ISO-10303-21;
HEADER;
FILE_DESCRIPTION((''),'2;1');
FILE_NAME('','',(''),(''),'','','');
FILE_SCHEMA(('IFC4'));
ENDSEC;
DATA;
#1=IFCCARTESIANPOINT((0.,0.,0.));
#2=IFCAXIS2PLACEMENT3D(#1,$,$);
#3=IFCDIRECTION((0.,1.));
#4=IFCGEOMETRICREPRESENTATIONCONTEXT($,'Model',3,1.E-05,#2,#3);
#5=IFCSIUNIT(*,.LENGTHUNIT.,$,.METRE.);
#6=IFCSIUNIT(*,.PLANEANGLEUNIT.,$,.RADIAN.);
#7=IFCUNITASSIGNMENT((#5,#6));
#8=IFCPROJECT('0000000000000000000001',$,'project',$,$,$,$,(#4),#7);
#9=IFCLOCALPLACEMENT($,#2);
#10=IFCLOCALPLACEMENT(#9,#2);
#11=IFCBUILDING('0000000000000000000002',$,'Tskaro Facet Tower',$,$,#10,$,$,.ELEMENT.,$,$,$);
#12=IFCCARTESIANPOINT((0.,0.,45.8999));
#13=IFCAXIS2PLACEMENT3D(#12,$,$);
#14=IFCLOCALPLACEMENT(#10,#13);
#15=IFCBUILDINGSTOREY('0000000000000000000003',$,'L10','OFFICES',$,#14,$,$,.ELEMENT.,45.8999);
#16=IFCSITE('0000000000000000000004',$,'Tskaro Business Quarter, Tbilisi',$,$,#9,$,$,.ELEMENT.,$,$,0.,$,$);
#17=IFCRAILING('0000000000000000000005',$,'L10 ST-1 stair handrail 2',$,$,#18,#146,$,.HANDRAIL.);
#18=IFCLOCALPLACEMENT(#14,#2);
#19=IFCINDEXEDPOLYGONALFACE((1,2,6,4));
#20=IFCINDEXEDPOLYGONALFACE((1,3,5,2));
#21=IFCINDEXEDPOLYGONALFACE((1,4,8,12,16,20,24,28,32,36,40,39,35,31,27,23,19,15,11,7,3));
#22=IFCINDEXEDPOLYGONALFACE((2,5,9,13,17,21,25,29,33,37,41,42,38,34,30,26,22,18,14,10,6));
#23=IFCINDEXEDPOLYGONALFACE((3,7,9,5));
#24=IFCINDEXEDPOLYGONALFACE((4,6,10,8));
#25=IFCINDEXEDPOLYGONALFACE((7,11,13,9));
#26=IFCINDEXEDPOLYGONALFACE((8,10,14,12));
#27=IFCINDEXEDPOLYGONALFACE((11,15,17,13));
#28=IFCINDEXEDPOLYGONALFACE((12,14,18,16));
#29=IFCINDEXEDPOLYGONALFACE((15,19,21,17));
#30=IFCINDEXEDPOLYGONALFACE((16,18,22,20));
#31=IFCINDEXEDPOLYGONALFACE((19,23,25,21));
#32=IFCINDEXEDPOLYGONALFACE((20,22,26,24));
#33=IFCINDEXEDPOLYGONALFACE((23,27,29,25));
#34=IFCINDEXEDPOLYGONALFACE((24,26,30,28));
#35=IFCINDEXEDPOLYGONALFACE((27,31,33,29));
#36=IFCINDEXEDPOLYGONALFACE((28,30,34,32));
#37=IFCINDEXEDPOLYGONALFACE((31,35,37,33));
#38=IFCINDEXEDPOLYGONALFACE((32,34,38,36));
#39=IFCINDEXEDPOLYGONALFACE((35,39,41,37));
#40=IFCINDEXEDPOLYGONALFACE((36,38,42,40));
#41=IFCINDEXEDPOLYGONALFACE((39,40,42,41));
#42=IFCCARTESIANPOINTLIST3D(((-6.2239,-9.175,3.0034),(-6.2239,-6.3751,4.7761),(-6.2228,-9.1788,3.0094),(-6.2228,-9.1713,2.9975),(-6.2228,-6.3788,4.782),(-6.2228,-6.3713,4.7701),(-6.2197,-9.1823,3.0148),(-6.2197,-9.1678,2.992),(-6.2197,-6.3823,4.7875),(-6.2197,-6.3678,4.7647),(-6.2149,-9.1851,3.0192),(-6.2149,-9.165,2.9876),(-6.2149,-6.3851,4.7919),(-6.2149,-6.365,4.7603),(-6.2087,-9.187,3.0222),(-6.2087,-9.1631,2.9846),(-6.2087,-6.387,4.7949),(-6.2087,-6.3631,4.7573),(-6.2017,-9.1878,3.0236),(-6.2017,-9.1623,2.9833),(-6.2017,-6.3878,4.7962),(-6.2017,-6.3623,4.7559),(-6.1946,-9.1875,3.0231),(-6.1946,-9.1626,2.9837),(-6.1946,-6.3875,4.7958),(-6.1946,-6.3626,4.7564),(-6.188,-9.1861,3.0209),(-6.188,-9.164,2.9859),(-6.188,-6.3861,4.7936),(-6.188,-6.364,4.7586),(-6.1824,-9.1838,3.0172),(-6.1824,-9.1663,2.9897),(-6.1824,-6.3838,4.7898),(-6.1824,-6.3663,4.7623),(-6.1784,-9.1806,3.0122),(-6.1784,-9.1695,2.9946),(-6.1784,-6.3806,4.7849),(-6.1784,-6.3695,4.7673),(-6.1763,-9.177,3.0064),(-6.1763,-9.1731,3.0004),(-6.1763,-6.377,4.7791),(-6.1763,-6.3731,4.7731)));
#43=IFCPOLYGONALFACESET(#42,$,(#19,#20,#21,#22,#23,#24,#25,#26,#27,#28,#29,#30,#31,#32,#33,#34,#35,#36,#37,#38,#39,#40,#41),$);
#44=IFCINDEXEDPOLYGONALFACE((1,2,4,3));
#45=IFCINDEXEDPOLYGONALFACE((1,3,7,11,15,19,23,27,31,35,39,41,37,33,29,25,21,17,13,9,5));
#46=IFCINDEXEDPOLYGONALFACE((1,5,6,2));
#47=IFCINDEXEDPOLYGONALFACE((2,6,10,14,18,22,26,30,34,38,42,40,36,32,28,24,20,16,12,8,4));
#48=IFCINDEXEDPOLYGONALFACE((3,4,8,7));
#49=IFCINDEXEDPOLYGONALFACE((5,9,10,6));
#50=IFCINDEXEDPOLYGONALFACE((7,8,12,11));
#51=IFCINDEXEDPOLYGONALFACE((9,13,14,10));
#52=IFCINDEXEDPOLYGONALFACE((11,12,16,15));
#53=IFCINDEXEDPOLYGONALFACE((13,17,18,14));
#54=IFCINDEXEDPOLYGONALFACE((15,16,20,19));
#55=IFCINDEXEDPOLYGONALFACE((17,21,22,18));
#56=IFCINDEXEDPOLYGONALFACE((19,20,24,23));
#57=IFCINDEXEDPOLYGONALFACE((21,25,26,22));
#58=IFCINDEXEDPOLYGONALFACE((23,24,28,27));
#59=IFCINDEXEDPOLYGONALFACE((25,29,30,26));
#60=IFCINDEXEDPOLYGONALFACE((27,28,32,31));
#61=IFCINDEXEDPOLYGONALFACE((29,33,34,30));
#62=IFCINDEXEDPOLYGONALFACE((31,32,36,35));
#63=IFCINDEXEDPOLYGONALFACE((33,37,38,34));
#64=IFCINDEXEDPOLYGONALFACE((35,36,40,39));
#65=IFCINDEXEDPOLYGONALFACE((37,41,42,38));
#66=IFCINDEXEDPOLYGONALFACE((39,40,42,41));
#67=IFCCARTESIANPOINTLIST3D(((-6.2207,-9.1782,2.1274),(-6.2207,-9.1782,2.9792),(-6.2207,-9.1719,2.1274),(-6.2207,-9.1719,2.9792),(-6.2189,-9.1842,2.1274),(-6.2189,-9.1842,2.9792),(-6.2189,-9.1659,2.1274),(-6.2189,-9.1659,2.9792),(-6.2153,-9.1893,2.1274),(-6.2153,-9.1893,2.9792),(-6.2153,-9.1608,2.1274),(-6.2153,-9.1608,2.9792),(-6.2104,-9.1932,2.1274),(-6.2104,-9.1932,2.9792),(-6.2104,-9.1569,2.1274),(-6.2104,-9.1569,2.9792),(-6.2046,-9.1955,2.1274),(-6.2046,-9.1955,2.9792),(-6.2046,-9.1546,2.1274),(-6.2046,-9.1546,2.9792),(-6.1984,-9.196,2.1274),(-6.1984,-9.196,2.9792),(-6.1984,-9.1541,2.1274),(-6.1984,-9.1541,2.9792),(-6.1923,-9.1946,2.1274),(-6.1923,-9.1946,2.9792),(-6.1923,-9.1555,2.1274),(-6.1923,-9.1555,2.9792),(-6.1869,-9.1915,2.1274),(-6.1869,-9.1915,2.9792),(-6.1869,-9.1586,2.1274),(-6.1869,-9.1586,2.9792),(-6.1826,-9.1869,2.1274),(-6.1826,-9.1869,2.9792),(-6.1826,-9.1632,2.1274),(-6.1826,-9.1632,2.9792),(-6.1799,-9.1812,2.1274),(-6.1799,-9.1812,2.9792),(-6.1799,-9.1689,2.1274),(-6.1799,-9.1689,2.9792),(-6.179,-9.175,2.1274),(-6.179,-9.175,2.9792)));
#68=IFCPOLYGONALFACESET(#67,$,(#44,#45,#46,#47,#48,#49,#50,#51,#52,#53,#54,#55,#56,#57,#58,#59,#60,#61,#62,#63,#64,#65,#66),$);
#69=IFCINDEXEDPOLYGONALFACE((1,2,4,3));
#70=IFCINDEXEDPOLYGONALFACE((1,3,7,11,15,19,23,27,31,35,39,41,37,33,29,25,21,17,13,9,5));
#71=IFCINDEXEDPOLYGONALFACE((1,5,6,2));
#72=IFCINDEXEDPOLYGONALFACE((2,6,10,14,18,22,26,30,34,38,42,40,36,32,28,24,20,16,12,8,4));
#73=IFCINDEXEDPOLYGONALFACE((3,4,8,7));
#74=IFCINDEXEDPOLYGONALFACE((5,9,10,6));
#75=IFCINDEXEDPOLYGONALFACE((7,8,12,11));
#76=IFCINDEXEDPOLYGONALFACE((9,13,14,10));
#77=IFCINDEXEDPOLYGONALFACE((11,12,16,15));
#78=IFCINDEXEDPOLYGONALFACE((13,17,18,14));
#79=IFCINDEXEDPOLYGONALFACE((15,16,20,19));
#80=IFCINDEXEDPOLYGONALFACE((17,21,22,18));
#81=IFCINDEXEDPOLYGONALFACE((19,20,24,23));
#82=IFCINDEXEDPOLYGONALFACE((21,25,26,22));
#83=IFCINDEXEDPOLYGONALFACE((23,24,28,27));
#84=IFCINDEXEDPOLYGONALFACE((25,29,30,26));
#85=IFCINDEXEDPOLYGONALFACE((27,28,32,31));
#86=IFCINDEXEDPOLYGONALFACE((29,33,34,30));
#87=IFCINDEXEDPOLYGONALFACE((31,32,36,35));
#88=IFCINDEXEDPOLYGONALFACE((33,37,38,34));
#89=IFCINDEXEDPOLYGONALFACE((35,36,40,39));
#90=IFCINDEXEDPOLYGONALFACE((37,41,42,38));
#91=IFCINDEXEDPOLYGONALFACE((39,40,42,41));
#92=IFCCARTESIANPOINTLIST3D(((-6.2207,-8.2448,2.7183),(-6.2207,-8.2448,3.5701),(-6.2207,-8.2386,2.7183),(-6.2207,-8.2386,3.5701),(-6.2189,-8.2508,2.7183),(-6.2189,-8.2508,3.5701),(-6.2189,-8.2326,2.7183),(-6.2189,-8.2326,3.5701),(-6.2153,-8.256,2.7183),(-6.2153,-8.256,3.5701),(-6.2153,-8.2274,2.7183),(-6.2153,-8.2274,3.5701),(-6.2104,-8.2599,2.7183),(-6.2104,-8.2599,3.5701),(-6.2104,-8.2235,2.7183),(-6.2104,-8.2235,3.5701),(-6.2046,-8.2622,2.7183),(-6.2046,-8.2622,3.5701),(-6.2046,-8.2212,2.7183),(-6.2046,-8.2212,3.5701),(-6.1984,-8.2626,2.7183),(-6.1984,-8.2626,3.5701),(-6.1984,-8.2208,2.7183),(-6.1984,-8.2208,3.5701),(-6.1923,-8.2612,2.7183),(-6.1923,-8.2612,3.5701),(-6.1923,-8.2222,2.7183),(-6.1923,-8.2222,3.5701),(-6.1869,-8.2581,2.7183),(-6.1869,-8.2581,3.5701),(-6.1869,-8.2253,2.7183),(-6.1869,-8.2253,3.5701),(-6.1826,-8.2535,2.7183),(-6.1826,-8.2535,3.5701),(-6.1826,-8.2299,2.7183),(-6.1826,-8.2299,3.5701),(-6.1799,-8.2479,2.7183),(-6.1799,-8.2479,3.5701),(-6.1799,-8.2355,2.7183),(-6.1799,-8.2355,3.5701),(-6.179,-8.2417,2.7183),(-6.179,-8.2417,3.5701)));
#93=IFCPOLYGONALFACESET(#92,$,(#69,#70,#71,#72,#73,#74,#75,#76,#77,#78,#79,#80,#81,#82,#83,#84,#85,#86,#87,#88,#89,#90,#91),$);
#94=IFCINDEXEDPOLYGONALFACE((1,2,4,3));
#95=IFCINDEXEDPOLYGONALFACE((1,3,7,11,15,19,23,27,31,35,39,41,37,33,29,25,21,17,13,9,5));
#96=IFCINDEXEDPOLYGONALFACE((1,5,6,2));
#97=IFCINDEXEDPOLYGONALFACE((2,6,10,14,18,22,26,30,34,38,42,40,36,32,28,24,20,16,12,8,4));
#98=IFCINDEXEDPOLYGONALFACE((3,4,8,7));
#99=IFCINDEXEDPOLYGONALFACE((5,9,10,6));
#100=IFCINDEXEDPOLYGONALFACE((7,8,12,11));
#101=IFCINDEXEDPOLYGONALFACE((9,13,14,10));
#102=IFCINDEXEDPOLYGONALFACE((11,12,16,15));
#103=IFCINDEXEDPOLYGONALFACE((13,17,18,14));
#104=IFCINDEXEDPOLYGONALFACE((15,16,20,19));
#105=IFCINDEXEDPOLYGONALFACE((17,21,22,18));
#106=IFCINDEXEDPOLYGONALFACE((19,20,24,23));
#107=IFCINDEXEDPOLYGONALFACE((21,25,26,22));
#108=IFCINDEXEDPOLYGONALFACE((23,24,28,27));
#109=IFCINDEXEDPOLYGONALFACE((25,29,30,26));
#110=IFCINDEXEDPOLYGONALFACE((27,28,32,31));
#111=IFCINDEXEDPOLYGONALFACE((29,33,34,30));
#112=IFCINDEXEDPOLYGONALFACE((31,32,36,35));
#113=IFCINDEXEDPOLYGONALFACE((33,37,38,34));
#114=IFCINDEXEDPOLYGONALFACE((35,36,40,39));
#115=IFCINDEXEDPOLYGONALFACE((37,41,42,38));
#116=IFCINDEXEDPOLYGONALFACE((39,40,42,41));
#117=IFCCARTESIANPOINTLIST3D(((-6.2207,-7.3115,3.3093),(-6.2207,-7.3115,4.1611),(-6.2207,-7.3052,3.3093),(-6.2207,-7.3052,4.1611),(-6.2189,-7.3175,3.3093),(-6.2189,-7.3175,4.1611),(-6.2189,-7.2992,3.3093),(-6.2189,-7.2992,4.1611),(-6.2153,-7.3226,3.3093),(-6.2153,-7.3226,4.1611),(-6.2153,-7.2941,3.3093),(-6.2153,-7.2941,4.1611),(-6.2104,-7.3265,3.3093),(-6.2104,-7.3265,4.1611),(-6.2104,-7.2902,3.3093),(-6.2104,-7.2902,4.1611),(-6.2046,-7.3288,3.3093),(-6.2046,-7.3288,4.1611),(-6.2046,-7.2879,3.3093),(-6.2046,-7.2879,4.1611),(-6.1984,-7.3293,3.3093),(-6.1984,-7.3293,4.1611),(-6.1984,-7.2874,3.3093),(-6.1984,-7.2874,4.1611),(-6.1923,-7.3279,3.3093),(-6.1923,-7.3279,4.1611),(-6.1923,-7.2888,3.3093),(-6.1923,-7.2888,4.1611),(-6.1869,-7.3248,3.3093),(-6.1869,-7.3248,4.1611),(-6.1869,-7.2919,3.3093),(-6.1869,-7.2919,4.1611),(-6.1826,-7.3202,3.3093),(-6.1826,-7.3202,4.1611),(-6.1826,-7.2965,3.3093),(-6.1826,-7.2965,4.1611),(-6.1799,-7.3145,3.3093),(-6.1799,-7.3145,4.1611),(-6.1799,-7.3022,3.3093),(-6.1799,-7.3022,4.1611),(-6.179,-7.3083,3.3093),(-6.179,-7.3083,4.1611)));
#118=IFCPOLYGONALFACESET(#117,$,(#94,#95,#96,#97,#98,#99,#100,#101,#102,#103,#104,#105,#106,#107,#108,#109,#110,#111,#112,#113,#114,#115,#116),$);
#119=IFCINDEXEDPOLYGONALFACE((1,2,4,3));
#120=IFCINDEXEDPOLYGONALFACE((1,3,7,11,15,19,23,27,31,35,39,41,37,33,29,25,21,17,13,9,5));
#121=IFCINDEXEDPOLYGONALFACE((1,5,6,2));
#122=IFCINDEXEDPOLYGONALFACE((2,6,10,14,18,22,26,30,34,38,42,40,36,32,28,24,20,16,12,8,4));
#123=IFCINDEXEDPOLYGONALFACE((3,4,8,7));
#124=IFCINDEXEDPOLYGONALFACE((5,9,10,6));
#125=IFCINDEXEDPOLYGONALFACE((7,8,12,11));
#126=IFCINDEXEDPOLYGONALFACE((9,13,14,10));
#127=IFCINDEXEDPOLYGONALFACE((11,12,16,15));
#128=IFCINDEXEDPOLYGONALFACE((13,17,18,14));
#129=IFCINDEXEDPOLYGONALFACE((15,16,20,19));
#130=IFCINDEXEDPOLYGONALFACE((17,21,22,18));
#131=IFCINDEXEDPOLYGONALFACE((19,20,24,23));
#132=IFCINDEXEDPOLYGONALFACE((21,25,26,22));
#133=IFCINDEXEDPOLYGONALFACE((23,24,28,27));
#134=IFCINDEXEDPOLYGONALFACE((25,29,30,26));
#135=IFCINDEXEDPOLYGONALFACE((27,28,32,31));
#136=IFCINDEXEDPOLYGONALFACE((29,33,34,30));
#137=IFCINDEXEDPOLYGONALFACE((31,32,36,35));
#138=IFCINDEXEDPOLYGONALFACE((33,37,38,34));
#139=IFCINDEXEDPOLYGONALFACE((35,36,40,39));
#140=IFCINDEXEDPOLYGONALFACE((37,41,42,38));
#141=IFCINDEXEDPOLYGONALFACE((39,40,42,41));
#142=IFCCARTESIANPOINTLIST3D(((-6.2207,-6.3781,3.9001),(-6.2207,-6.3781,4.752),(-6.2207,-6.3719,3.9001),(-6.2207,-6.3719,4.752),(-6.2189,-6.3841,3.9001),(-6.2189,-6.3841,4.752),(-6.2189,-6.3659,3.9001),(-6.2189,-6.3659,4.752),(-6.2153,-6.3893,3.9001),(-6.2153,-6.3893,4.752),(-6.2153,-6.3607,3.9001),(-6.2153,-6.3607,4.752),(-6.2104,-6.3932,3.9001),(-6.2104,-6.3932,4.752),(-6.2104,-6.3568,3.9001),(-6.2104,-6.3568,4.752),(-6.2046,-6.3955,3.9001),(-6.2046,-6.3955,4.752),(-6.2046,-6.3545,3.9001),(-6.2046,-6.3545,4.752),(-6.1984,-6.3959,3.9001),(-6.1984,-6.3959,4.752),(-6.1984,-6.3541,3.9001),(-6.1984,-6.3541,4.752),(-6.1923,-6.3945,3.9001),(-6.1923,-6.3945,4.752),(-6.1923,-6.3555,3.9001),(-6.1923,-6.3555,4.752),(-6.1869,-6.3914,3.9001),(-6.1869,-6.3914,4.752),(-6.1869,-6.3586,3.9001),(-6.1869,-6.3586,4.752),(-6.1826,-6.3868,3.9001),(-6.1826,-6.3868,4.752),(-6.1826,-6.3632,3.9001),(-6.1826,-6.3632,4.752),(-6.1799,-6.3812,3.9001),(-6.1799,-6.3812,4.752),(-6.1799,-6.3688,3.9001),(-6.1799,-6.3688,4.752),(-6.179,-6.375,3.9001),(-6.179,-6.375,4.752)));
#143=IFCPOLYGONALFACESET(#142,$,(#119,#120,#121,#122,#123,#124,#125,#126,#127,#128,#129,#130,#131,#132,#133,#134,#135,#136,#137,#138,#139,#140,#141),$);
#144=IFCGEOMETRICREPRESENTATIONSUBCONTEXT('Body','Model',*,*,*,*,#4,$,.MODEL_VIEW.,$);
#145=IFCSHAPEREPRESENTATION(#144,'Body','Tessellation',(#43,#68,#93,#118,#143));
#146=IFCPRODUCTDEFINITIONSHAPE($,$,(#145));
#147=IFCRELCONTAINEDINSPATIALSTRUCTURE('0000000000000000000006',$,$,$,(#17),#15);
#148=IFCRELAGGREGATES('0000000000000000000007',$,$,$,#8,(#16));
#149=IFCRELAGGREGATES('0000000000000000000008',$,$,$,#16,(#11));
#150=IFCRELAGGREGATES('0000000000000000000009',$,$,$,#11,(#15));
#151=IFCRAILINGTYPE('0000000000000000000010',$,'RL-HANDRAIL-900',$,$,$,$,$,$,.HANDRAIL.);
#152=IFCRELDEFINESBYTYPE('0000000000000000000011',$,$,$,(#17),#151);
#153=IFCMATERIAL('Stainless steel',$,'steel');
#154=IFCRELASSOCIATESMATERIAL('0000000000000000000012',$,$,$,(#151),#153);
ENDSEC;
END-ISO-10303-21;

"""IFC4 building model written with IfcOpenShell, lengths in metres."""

from ifc_helpers import new_model, si_unit, direction, frame, origin, origin_2d, place, context, subcontext, project, spatial, circle, extrude, material, type_object, element, save


model = new_model("IFC4")

# Units and contexts
model_context = context("Model", 3, precision=1e-05, world=origin(), true_north=direction((0.0, 1.0)))
body_context = subcontext(model_context, "Body", "Model", "MODEL_VIEW")
ifc_project = project(units=[si_unit("LENGTHUNIT", "METRE"), si_unit("PLANEANGLEUNIT", "RADIAN")], contexts=[model_context])

# Site, building, storey
site_placement = place(None, origin())
site = spatial("IfcSite", under=ifc_project, at=site_placement, Name="Tskaro Business Quarter, Tbilisi", CompositionType="ELEMENT", RefElevation=0.0)
building_placement = place(site_placement, origin())
building = spatial("IfcBuilding", under=site, at=building_placement, Name="Tskaro Facet Tower", CompositionType="ELEMENT")
storey_placement = place(building_placement, frame((0.0, 0.0, 45.8999)))
storey = spatial("IfcBuildingStorey", under=building, at=storey_placement, Name="L10", Description="OFFICES", CompositionType="ELEMENT", Elevation=45.8999)

# Shared definitions
ifc_material_1 = material(Name="Stainless steel", Category="steel")

# Railing
railing_type_1 = type_object("IfcRailingType", Name="RL-HANDRAIL-900", PredefinedType="HANDRAIL", material=ifc_material_1)
railing_1_placement = place(storey_placement, frame((-6.2, -9.175, 2.1274)))
element("IfcRailing", 1, at=railing_1_placement, inside=storey, type_object=railing_type_1, Name="L10 ST-1 stair handrail 2", PredefinedType="HANDRAIL", context=body_context, shape_type="SweptSolid", body=[
    extrude(circle(Radius=0.0239, at=origin_2d()), frame((0.0, 0.0, 0.876), z_axis=(0.0, 0.844909, 0.53491), x_axis=(-1.0, 0.0, 0.0)), (0.0, 0.0, 1.0), 3.314),
    extrude(circle(Radius=0.021, at=origin_2d()), origin(), (0.0, 0.0, 1.0), 0.8518),
    extrude(circle(Radius=0.021, at=origin_2d()), frame((0.0, 0.9333, 0.5908)), (0.0, 0.0, 1.0), 0.8518),
    extrude(circle(Radius=0.021, at=origin_2d()), frame((0.0, 1.8667, 1.1819)), (0.0, 0.0, 1.0), 0.8518),
    extrude(circle(Radius=0.021, at=origin_2d()), frame((0.0, 2.8, 1.7727)), (0.0, 0.0, 1.0), 0.8518),
])

save(model, "model.ifc")
